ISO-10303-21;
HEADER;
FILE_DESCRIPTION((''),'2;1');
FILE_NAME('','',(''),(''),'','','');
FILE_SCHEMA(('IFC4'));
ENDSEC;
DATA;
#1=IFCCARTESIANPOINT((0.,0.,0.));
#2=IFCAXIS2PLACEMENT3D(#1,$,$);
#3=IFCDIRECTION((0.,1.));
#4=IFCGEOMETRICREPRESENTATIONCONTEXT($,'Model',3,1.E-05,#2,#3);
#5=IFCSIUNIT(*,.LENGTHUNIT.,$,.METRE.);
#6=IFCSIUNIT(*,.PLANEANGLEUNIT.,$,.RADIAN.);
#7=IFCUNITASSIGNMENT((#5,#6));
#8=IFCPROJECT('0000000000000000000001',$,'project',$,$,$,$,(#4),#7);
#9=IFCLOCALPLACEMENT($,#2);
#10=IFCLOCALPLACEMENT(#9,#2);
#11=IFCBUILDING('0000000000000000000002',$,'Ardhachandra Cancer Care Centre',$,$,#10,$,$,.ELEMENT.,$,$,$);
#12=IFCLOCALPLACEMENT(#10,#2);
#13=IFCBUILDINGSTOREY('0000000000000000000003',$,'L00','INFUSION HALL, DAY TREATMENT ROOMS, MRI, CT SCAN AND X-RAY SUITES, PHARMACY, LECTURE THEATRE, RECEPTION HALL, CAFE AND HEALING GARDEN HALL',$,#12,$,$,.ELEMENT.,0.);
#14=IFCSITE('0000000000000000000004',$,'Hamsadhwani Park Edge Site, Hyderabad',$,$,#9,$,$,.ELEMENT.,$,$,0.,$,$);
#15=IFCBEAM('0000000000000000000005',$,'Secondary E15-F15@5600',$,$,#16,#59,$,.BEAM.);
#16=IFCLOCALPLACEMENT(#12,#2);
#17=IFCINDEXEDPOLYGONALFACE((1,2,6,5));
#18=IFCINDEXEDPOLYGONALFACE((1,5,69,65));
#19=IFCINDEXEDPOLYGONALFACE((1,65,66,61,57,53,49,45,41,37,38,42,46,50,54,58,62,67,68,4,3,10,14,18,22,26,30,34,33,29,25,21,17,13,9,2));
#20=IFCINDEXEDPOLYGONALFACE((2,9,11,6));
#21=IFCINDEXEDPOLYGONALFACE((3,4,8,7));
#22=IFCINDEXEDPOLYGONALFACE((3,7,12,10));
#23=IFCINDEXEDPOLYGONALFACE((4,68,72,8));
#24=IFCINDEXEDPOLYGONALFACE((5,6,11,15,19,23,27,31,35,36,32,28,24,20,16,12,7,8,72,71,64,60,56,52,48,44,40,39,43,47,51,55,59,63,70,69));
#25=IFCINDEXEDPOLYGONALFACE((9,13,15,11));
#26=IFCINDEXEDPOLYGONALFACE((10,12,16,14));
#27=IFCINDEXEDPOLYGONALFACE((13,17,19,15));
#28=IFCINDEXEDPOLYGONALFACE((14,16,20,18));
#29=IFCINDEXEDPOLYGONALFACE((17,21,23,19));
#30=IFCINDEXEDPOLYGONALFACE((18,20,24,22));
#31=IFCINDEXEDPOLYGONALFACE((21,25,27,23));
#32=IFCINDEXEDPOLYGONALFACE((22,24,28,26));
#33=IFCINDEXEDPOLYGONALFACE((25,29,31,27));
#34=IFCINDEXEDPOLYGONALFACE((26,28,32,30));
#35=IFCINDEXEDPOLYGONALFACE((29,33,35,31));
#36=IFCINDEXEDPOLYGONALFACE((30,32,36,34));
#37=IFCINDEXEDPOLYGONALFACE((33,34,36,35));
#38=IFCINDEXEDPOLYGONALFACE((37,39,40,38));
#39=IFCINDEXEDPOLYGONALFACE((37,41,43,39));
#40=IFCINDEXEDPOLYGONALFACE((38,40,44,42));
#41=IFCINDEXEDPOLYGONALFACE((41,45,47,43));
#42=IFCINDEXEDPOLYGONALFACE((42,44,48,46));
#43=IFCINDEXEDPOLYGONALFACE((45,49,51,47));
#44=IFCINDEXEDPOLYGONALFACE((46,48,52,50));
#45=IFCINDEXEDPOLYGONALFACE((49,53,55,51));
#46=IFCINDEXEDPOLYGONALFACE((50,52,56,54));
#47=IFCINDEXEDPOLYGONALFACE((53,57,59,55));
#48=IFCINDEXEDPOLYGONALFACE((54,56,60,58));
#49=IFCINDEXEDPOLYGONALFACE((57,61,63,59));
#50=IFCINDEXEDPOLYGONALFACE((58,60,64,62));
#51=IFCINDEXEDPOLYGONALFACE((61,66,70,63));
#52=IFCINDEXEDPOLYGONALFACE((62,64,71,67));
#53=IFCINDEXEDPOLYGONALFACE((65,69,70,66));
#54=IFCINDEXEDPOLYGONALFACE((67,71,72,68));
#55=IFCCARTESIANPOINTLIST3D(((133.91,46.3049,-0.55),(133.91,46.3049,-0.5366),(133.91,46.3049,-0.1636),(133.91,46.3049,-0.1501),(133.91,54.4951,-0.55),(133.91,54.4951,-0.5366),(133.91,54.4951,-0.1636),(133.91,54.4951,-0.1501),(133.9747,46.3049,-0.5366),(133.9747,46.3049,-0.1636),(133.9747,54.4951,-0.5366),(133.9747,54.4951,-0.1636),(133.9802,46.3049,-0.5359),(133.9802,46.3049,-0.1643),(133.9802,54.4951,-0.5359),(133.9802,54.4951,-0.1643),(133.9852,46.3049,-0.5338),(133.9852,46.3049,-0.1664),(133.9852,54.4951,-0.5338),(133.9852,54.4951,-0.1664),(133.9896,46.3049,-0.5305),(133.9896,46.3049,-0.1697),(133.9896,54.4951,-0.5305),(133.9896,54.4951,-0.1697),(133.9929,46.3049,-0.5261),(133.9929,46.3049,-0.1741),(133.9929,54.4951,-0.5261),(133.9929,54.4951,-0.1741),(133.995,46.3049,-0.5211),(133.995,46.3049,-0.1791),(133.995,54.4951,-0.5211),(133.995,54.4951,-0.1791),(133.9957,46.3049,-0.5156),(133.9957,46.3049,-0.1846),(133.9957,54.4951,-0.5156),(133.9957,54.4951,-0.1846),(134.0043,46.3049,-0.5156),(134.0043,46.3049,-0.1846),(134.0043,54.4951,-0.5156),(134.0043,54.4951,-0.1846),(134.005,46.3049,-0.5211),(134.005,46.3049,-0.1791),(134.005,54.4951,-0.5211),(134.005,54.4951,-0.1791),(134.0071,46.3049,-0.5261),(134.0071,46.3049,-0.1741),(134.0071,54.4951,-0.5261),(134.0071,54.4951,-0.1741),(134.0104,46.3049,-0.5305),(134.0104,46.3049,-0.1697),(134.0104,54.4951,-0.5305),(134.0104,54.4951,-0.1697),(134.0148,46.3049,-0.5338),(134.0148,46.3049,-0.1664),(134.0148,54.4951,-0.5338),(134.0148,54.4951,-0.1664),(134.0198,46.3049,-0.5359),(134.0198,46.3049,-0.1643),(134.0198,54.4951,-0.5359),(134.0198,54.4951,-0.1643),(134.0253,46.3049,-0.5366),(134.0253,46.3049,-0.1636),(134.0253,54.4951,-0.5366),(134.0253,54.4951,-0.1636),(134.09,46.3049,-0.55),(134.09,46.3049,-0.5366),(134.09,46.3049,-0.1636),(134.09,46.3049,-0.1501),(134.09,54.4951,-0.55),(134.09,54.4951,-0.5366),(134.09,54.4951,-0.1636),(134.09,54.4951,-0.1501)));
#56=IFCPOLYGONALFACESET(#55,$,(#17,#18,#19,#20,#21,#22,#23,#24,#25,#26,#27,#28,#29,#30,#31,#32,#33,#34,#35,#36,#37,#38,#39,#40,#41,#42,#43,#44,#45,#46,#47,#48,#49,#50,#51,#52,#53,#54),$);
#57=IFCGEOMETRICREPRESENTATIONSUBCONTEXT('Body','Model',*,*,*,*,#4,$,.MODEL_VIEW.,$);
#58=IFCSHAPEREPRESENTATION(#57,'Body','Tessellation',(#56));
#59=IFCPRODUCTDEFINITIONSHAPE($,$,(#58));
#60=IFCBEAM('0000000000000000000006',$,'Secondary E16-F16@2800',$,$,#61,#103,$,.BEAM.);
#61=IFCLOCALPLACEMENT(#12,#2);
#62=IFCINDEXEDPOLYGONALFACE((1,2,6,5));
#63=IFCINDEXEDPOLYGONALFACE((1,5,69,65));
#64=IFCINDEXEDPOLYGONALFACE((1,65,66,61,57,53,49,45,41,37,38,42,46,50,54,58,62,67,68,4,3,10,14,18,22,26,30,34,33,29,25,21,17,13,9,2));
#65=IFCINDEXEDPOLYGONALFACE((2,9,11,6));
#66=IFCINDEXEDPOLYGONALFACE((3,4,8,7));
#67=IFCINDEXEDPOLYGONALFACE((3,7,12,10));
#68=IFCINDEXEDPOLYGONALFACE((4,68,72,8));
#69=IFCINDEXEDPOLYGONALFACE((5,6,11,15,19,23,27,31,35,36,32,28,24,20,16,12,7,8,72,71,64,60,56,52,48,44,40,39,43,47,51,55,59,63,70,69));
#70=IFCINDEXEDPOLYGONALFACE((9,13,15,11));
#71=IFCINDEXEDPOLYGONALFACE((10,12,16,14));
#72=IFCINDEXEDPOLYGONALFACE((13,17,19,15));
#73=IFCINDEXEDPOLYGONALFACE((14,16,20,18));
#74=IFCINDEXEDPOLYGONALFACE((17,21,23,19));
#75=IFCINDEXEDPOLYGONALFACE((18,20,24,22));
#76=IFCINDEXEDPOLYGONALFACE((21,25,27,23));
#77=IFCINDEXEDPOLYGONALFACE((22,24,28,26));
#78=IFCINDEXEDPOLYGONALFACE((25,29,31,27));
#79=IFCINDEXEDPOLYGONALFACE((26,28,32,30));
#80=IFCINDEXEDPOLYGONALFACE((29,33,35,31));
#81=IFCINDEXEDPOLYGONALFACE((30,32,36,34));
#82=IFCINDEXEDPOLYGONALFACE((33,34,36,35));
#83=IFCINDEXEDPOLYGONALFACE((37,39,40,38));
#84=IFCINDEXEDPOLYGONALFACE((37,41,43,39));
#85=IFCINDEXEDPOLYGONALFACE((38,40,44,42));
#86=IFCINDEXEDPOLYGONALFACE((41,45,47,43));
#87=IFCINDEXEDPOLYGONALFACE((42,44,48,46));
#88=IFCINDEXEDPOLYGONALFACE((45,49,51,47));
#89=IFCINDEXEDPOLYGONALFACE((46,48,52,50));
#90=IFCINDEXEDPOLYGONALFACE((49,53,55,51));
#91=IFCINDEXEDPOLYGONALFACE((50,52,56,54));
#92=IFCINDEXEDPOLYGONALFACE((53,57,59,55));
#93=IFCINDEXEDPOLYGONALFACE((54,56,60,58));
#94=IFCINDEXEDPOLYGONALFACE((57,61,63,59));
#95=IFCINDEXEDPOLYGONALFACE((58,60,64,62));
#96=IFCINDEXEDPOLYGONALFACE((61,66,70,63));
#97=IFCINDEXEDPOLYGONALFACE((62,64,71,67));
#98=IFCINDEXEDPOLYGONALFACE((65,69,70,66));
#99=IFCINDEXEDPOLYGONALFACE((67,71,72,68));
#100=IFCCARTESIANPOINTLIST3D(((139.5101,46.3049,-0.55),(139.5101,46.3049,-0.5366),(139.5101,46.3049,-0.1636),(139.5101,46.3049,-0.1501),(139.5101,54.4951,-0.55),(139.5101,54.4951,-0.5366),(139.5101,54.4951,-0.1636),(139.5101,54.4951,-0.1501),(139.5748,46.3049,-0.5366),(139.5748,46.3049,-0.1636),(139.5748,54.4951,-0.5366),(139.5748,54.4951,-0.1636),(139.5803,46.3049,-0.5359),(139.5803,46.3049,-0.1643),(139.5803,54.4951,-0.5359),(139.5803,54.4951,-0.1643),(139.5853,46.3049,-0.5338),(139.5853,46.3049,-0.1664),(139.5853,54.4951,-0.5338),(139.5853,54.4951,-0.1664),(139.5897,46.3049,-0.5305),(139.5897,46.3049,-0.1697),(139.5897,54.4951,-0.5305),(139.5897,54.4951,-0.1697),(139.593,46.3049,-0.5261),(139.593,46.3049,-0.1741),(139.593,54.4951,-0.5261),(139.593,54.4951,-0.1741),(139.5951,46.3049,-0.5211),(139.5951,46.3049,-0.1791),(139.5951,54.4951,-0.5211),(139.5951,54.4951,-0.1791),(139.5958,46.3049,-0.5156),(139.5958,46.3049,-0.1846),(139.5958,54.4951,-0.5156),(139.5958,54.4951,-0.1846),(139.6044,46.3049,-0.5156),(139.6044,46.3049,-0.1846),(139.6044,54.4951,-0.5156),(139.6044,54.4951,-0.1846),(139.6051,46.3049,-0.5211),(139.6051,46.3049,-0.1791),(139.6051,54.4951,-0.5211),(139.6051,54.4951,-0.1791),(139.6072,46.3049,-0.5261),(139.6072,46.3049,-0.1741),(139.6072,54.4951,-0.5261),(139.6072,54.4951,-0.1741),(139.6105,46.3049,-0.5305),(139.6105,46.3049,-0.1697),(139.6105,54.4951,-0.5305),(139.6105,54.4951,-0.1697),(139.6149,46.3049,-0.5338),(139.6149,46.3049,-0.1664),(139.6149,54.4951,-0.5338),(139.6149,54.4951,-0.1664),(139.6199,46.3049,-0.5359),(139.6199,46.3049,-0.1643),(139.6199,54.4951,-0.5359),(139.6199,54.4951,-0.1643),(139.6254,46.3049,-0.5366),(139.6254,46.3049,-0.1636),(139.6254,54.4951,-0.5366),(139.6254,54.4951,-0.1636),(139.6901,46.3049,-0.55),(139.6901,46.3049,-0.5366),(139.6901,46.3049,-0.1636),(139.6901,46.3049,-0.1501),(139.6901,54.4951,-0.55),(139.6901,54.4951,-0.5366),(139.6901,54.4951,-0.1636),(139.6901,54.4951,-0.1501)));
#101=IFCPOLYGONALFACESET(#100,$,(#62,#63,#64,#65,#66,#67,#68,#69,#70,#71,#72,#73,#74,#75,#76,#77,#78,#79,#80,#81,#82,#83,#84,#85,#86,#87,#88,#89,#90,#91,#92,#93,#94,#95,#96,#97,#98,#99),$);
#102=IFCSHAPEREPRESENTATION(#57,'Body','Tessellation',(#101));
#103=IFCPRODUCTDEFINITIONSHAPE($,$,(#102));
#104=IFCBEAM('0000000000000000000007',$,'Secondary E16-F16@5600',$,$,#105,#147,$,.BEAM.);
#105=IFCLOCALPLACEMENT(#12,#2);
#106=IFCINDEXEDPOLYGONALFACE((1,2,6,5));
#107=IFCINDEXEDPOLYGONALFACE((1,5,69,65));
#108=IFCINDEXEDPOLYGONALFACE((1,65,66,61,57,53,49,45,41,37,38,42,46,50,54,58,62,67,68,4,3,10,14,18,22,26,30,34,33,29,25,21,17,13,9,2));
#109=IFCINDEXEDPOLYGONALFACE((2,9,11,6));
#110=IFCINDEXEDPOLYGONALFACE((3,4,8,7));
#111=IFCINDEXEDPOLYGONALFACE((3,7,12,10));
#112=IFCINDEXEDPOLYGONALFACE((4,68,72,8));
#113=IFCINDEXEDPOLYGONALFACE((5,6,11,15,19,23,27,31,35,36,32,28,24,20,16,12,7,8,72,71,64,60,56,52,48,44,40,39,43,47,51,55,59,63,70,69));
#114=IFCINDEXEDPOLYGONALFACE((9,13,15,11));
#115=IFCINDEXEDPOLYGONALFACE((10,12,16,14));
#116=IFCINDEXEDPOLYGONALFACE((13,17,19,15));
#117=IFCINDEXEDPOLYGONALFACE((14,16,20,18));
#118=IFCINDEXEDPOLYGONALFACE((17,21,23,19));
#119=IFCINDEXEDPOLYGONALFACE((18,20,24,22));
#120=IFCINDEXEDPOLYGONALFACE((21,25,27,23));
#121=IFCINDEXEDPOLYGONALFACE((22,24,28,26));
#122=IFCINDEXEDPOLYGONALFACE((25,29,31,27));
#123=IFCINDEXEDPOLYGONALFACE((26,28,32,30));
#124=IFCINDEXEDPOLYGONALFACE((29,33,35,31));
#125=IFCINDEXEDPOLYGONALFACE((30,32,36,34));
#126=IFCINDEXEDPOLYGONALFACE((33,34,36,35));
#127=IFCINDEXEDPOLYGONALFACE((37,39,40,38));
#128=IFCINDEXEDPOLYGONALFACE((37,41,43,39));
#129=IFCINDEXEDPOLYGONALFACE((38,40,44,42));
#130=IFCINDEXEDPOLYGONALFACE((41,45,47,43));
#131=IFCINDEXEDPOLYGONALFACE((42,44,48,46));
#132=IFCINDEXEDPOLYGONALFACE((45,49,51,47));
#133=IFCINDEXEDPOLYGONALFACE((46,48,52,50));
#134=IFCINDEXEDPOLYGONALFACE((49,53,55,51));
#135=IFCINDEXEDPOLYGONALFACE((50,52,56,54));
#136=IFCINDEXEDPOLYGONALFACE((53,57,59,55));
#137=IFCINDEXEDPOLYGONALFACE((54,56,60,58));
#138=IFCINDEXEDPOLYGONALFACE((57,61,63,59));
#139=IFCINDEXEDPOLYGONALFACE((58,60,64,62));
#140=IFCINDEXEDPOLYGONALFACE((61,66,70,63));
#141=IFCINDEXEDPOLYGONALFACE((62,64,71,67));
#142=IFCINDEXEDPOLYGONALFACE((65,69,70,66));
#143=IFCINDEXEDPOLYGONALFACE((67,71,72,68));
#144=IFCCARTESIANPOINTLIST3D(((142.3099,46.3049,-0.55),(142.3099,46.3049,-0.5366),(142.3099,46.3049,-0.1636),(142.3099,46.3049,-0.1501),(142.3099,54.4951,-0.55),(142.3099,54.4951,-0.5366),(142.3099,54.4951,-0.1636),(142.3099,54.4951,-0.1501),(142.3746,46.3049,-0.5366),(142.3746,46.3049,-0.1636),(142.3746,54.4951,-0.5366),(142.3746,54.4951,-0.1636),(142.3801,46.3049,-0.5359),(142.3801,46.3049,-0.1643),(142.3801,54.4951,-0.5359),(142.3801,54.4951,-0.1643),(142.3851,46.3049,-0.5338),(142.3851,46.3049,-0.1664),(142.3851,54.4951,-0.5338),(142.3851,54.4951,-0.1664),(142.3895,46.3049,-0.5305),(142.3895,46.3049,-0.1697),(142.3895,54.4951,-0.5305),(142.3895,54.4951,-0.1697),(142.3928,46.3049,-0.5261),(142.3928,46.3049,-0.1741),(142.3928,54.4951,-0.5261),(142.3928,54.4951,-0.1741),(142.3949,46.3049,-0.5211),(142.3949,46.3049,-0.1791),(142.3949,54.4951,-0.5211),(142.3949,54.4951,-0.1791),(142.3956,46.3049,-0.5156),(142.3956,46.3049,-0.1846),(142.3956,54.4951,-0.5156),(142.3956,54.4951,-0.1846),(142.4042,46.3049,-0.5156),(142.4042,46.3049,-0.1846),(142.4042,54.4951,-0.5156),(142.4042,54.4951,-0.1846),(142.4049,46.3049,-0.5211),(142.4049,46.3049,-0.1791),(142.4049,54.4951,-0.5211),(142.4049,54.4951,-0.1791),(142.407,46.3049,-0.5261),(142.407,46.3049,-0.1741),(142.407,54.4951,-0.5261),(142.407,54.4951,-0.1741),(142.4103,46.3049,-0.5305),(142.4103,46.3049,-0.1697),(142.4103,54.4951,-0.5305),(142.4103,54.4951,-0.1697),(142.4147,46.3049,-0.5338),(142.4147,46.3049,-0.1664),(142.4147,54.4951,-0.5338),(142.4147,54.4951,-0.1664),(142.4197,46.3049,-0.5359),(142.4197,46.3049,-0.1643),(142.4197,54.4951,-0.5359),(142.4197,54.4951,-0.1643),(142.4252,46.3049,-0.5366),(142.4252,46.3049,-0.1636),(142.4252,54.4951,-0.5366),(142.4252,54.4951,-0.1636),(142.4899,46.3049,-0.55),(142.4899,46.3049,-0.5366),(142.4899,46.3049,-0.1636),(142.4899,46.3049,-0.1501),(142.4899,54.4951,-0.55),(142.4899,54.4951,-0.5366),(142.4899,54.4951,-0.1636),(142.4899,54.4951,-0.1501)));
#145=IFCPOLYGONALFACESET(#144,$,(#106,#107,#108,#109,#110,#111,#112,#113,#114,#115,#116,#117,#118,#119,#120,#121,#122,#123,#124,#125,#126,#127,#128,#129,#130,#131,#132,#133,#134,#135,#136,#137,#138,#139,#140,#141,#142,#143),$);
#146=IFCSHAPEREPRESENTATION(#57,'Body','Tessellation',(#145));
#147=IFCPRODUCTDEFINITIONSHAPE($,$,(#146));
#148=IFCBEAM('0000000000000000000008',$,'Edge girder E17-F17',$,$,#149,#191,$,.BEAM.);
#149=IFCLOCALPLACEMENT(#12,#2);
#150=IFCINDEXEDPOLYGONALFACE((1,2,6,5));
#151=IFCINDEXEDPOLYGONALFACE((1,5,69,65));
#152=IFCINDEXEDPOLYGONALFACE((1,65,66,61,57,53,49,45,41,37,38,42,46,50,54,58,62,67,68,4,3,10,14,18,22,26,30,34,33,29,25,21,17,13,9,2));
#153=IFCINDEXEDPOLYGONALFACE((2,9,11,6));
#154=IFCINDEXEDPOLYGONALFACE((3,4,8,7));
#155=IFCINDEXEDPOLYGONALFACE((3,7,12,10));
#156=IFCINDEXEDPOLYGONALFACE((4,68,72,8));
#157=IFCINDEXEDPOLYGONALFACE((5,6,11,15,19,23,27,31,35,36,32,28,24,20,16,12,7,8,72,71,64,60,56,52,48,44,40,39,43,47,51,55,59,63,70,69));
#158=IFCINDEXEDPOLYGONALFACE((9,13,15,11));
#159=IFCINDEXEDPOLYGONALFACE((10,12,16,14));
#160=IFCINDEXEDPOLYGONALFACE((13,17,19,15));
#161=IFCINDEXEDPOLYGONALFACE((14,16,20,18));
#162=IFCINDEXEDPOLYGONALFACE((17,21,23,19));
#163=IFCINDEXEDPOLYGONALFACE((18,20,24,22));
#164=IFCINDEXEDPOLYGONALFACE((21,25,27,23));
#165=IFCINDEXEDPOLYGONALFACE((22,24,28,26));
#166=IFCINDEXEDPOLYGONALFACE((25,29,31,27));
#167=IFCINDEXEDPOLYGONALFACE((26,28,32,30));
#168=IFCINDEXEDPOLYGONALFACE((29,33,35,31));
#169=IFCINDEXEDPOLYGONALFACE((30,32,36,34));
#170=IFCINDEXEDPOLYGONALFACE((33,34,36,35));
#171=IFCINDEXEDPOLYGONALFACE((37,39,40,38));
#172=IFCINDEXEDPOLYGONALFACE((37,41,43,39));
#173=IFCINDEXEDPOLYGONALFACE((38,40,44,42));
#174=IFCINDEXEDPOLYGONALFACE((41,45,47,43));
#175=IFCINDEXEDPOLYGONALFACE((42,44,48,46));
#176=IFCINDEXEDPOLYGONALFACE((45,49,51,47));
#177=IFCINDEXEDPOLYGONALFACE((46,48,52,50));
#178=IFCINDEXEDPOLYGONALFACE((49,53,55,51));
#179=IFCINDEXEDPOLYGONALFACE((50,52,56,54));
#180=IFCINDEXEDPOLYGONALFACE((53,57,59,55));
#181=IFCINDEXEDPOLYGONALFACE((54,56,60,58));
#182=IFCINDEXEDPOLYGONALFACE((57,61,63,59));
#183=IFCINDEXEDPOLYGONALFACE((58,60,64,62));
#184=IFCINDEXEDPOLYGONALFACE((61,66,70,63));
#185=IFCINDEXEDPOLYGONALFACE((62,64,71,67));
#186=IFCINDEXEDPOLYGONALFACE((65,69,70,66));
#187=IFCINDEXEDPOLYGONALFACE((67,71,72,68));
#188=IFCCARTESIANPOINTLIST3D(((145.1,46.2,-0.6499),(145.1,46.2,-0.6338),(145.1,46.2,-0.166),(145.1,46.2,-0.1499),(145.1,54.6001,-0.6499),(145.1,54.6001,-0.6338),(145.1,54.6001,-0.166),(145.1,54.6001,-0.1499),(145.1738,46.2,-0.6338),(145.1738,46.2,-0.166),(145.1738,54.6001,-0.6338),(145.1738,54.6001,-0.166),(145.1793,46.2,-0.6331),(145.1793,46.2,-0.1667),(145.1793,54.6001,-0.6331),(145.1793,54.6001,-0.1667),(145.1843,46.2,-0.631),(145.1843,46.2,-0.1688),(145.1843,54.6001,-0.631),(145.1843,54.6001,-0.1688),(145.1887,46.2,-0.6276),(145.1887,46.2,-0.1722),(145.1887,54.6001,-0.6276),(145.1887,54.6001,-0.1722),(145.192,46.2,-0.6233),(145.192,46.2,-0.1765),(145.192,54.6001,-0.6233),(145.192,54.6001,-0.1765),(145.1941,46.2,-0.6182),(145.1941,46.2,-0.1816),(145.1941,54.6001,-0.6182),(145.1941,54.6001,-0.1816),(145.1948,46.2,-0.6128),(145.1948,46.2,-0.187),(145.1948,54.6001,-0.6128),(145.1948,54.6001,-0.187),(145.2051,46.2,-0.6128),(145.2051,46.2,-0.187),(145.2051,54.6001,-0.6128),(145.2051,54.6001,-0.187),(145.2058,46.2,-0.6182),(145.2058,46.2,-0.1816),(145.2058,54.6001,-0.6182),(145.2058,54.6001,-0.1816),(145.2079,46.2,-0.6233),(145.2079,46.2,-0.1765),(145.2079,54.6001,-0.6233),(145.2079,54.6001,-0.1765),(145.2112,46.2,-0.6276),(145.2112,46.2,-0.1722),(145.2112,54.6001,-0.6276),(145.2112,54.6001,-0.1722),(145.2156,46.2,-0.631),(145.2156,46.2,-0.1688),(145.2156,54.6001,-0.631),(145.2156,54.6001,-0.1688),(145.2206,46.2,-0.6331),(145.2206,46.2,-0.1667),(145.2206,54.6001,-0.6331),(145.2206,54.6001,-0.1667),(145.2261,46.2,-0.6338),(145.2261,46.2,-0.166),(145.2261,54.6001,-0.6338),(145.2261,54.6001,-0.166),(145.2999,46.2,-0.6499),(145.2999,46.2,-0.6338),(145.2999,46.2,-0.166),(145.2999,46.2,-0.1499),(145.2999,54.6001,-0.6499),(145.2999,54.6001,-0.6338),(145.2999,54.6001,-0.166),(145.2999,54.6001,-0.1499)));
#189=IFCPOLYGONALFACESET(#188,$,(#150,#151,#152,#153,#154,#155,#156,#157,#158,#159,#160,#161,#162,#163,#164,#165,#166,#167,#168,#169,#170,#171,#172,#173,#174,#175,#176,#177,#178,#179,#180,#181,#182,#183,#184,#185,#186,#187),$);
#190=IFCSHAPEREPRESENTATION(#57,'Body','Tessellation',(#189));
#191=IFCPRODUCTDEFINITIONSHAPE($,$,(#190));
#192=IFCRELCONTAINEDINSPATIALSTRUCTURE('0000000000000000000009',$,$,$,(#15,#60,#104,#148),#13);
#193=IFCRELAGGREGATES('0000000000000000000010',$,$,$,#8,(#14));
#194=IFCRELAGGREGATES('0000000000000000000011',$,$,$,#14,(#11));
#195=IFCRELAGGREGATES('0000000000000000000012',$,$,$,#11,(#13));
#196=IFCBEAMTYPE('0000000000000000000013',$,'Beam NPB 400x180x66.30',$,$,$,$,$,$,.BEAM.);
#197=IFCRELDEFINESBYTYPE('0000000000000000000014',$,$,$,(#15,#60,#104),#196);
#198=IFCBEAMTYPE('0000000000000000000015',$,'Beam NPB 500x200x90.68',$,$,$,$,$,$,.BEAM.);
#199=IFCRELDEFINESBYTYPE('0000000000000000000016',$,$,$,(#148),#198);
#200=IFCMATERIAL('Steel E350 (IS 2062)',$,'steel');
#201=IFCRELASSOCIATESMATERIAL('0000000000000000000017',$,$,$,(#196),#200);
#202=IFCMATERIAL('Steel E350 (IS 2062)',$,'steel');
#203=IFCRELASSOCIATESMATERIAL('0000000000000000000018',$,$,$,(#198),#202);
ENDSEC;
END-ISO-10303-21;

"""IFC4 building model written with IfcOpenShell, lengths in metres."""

from ifc_helpers import new_model, si_unit, direction, frame, origin, origin_2d, place, context, subcontext, project, spatial, i_section, extrude, material, material_profile, profile_set, type_object, element, save


model = new_model("IFC4")

# Units and contexts
model_context = context("Model", 3, precision=1e-05, world=origin(), true_north=direction((0.0, 1.0)))
body_context = subcontext(model_context, "Body", "Model", "MODEL_VIEW")
ifc_project = project(units=[si_unit("LENGTHUNIT", "METRE"), si_unit("PLANEANGLEUNIT", "RADIAN")], contexts=[model_context])

# Site, building, storey
site_placement = place(None, origin())
site = spatial("IfcSite", under=ifc_project, at=site_placement, Name="Hamsadhwani Park Edge Site, Hyderabad", CompositionType="ELEMENT", RefElevation=0.0)
building_placement = place(site_placement, origin())
building = spatial("IfcBuilding", under=site, at=building_placement, Name="Ardhachandra Cancer Care Centre", CompositionType="ELEMENT")
storey_placement = place(building_placement, origin())
storey = spatial("IfcBuildingStorey", under=building, at=storey_placement, Name="L00", Description="INFUSION HALL, DAY TREATMENT ROOMS, MRI, CT SCAN AND X-RAY SUITES, PHARMACY, LECTURE THEATRE, RECEPTION HALL, CAFE AND HEALING GARDEN HALL", CompositionType="ELEMENT", Elevation=0.0)

# Beams
ifc_material_1 = material(Name="Steel E350 (IS 2062)", Category="steel")
ifc_material_profile_1 = material_profile(ifc_material_1, i_section(OverallWidth=0.1799, OverallDepth=0.3999, WebThickness=0.0085, FlangeThickness=0.0134, FilletRadius=0.021, at=origin_2d()), Name="NPB 400x180x66.30")
ifc_profile_set_1 = profile_set([ifc_material_profile_1], Name="Steel E350 (IS 2062)")
beam_type_1 = type_object("IfcBeamType", Name="Beam NPB 400x180x66.30", PredefinedType="BEAM", material=ifc_profile_set_1)
for number, where, z_axis, x_axis, name in (
    (1, (134.0, 46.3049, -0.3501), (0.0, 1.0, 0.0), (-1.0, 0.0, 0.0), "Secondary E15-F15@5600"),
    (2, (139.6001, 46.3049, -0.3501), (0.0, 1.0, 0.0), (-1.0, 0.0, 0.0), "Secondary E16-F16@2800"),
    (3, (142.3999, 46.3049, -0.3501), (0.0, 1.0, 0.0), (-1.0, 0.0, 0.0), "Secondary E16-F16@5600"),
):
    element("IfcBeam", number, at=place(storey_placement, frame(where, z_axis=z_axis, x_axis=x_axis)), inside=storey, type_object=beam_type_1, Name=name, PredefinedType="BEAM", context=body_context, shape_type="SweptSolid", body=[
        extrude(i_section(OverallWidth=0.1799, OverallDepth=0.3999, WebThickness=0.0085, FlangeThickness=0.0134, FilletRadius=0.021, at=origin_2d()), origin(), (0.0, 0.0, 1.0), 8.1902),
    ])
ifc_material_2 = material(Name="Steel E350 (IS 2062)", Category="steel")
ifc_material_profile_2 = material_profile(ifc_material_2, i_section(OverallWidth=0.2, OverallDepth=0.5, WebThickness=0.0103, FlangeThickness=0.0161, FilletRadius=0.021, at=origin_2d()), Name="NPB 500x200x90.68")
ifc_profile_set_2 = profile_set([ifc_material_profile_2], Name="Steel E350 (IS 2062)")
beam_type_2 = type_object("IfcBeamType", Name="Beam NPB 500x200x90.68", PredefinedType="BEAM", material=ifc_profile_set_2)
beam_1_placement = place(storey_placement, frame((145.2, 46.2, -0.3999), z_axis=(0.0, 1.0, 0.0), x_axis=(-1.0, 0.0, 0.0)))
element("IfcBeam", 4, at=beam_1_placement, inside=storey, type_object=beam_type_2, Name="Edge girder E17-F17", PredefinedType="BEAM", context=body_context, shape_type="SweptSolid", body=[
    extrude(i_section(OverallWidth=0.2, OverallDepth=0.5, WebThickness=0.0103, FlangeThickness=0.0161, FilletRadius=0.021, at=origin_2d()), origin(), (0.0, 0.0, 1.0), 8.4001),
])

save(model, "model.ifc")
